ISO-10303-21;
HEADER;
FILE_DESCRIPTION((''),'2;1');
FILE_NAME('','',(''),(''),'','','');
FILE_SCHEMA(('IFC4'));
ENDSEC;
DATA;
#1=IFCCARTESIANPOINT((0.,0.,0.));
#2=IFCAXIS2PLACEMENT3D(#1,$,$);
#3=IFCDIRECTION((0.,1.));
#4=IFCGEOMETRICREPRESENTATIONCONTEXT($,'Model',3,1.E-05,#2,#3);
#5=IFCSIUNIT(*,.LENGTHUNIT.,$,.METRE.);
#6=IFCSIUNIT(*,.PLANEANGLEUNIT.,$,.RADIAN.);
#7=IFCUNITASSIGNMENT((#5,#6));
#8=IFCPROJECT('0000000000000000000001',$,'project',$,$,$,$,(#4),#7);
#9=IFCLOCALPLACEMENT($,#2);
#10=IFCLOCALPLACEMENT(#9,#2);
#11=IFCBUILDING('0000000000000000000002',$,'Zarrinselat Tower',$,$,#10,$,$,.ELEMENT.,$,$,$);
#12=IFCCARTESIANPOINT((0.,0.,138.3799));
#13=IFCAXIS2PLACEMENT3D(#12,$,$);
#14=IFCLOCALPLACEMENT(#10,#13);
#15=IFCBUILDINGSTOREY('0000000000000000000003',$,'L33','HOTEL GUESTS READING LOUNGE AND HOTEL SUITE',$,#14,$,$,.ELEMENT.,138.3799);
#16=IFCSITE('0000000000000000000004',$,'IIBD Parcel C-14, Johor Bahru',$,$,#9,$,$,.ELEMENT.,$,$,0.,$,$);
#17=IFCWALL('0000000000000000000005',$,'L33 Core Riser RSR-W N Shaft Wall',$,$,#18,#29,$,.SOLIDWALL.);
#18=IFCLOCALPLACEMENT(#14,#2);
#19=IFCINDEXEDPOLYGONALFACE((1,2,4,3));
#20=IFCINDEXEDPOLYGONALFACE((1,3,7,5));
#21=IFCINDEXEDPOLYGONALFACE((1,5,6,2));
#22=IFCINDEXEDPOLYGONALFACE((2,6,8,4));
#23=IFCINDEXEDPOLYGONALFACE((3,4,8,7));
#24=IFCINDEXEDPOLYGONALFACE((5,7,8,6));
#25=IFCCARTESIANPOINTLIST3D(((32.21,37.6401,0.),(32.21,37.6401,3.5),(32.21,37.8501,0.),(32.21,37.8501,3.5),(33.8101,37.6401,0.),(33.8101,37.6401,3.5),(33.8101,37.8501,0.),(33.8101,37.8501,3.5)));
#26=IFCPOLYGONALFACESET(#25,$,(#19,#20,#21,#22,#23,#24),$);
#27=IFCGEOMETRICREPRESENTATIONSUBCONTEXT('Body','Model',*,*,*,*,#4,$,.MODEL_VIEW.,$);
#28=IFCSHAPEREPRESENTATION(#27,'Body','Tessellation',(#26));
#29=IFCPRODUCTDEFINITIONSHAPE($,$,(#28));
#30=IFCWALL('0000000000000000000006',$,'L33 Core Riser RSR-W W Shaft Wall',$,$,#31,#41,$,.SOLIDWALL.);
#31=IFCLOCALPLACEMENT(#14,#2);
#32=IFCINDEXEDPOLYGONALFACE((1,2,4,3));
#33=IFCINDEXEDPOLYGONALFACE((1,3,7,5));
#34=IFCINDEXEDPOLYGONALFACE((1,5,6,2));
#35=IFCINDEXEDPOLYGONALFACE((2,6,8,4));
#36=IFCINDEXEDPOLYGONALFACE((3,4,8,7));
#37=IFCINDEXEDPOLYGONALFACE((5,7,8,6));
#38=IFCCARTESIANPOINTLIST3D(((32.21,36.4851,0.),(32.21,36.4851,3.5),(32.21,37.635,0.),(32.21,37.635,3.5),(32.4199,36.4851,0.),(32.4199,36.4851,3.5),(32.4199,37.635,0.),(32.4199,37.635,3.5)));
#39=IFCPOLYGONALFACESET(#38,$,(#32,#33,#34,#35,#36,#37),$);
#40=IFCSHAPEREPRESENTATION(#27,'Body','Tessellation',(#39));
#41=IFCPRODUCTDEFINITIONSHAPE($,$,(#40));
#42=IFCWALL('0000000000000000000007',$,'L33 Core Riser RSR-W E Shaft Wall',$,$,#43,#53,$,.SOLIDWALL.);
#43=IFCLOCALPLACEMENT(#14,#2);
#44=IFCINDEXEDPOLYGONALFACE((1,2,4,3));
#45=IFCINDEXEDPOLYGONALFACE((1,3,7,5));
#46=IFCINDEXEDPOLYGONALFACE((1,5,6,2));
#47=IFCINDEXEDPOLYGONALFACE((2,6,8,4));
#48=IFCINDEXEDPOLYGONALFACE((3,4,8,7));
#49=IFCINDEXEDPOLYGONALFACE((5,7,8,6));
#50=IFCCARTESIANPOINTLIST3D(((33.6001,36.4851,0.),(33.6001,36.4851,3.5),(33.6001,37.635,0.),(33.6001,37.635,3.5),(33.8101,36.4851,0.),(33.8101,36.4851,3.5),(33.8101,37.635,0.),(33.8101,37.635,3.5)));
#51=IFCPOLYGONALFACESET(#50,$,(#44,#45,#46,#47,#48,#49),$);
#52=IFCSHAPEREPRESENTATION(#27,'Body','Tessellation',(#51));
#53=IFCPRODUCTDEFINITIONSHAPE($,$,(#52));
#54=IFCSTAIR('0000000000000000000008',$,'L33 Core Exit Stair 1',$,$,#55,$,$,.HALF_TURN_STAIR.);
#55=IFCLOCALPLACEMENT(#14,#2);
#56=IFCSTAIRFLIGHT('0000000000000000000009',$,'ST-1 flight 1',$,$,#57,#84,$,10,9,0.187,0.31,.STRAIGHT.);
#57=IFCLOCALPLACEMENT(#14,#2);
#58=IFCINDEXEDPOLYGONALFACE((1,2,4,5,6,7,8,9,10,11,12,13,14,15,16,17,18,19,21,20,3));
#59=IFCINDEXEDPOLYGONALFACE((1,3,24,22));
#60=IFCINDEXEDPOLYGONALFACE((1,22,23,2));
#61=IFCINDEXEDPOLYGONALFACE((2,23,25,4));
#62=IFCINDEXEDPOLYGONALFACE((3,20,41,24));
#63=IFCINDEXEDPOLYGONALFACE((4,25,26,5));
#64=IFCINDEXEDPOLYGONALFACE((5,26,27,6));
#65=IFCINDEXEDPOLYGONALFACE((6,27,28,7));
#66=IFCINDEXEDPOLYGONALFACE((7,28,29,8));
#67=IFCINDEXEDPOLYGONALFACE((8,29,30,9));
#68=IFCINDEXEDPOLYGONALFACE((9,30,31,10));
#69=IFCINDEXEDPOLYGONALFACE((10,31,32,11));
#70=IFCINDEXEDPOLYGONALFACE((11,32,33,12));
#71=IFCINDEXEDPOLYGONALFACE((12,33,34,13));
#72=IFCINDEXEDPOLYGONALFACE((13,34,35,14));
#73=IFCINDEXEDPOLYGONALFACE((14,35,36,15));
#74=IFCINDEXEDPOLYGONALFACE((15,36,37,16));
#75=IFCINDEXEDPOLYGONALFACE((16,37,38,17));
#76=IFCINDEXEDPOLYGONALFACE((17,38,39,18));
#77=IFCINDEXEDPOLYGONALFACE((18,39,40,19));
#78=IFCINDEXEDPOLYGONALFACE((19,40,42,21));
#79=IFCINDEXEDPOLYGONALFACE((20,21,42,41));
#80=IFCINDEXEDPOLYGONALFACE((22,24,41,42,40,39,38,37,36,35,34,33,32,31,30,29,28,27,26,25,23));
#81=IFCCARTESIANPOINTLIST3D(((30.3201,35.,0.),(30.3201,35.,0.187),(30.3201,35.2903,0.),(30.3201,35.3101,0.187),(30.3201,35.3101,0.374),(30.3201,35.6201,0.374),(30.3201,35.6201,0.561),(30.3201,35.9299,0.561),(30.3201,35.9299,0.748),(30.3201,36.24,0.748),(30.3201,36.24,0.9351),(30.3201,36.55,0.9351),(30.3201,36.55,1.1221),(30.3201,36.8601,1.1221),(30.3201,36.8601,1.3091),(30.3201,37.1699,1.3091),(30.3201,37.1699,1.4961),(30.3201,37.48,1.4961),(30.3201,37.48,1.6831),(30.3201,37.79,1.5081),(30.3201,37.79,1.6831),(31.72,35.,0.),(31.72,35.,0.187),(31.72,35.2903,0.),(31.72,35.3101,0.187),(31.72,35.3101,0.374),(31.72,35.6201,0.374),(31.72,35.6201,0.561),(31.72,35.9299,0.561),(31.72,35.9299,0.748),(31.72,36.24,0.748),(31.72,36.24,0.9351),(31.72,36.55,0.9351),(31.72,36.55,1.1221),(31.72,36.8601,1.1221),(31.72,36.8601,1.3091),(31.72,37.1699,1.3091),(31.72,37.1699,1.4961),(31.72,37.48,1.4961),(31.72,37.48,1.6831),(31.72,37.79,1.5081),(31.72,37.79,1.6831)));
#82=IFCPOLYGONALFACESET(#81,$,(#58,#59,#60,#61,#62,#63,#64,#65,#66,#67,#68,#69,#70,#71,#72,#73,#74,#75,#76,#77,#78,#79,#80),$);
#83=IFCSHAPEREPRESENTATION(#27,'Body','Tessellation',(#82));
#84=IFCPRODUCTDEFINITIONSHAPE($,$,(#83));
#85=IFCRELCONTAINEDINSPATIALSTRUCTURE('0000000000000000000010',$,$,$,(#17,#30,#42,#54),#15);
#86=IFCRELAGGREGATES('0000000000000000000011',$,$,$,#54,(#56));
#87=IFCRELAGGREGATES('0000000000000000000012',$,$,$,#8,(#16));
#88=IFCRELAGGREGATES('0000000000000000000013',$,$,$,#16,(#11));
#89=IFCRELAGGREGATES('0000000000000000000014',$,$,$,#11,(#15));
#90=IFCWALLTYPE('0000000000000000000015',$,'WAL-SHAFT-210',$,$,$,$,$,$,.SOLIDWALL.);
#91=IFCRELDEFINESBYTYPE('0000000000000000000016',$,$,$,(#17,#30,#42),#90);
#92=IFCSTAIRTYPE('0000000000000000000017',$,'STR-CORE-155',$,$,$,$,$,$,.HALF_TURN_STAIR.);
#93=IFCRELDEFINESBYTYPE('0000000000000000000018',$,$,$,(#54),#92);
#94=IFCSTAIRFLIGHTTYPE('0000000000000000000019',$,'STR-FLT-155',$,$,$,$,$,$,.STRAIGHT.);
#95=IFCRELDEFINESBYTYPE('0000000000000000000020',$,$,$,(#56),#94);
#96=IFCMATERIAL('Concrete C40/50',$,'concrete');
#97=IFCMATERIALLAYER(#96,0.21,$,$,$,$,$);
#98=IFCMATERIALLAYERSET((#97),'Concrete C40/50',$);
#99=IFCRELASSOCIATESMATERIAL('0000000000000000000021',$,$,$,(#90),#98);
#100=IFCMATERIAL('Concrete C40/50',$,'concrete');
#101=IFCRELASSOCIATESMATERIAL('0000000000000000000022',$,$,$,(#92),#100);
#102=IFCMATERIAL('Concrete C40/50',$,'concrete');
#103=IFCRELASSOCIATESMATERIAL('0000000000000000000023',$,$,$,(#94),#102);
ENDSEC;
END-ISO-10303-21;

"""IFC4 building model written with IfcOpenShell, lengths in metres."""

from ifc_helpers import new_model, si_unit, direction, frame, frame_2d, origin, place, context, subcontext, project, spatial, polyline, rectangle, outline, extrude, material, layer, layer_set, type_object, element, aggregate, save


model = new_model("IFC4")

# Units and contexts
model_context = context("Model", 3, precision=1e-05, world=origin(), true_north=direction((0.0, 1.0)))
body_context = subcontext(model_context, "Body", "Model", "MODEL_VIEW")
ifc_project = project(units=[si_unit("LENGTHUNIT", "METRE"), si_unit("PLANEANGLEUNIT", "RADIAN")], contexts=[model_context])

# Site, building, storey
site_placement = place(None, origin())
site = spatial("IfcSite", under=ifc_project, at=site_placement, Name="IIBD Parcel C-14, Johor Bahru", CompositionType="ELEMENT", RefElevation=0.0)
building_placement = place(site_placement, origin())
building = spatial("IfcBuilding", under=site, at=building_placement, Name="Zarrinselat Tower", CompositionType="ELEMENT")
storey_placement = place(building_placement, frame((0.0, 0.0, 138.3799)))
storey = spatial("IfcBuildingStorey", under=building, at=storey_placement, Name="L33", Description="HOTEL GUESTS READING LOUNGE AND HOTEL SUITE", CompositionType="ELEMENT", Elevation=138.3799)

# Shared definitions
ifc_material_1 = material(Name="Concrete C40/50", Category="concrete")
ifc_layer_1 = layer(ifc_material_1, 0.21)
ifc_layer_set_1 = layer_set([ifc_layer_1], Name="Concrete C40/50")
wall_type_1 = type_object("IfcWallType", Name="WAL-SHAFT-210", PredefinedType="SOLIDWALL", material=ifc_layer_set_1)

# Walls
for number, where, z_axis, x_axis, name in (
    (1, (32.21, 37.7451, 0.0), (0.0, 0.0, 1.0), (1.0, 0.0, 0.0), "L33 Core Riser RSR-W N Shaft Wall"),
):
    element("IfcWall", number, at=place(storey_placement, frame(where, z_axis=z_axis, x_axis=x_axis)), inside=storey, type_object=wall_type_1, Name=name, PredefinedType="SOLIDWALL", context=body_context, shape_type="SweptSolid", body=[
        extrude(rectangle(XDim=1.6001, YDim=0.21, at=frame_2d((0.8, 0.0))), origin(), (0.0, 0.0, 1.0), 3.5),
    ])
for number, where, z_axis, x_axis, name in (
    (2, (32.3149, 36.4851, 0.0), (0.0, 0.0, 1.0), (0.0, 1.0, 0.0), "L33 Core Riser RSR-W W Shaft Wall"),
    (3, (33.7051, 36.4851, 0.0), (0.0, 0.0, 1.0), (0.0, 1.0, 0.0), "L33 Core Riser RSR-W E Shaft Wall"),
):
    element("IfcWall", number, at=place(storey_placement, frame(where, z_axis=z_axis, x_axis=x_axis)), inside=storey, type_object=wall_type_1, Name=name, PredefinedType="SOLIDWALL", context=body_context, shape_type="SweptSolid", body=[
        extrude(rectangle(XDim=1.1499, YDim=0.21, at=frame_2d((0.575, 0.0))), origin(), (0.0, 0.0, 1.0), 3.5),
    ])

# Stair, stair flight
ifc_material_2 = material(Name="Concrete C40/50", Category="concrete")
stair_type = type_object("IfcStairType", Name="STR-CORE-155", PredefinedType="HALF_TURN_STAIR", material=ifc_material_2)
stair_placement = place(storey_placement, origin())
stair = element("IfcStair", 4, at=stair_placement, inside=storey, type_object=stair_type, Name="L33 Core Exit Stair 1", PredefinedType="HALF_TURN_STAIR")
ifc_material_3 = material(Name="Concrete C40/50", Category="concrete")
stair_flight_type = type_object("IfcStairFlightType", Name="STR-FLT-155", PredefinedType="STRAIGHT", material=ifc_material_3)
stair_flight_placement = place(storey_placement, frame((31.02, 35.0, 0.0), z_axis=(0.0, 0.0, 1.0), x_axis=(0.0, 1.0, 0.0)))
stair_flight = element("IfcStairFlight", 5, at=stair_flight_placement, type_object=stair_flight_type, Name="ST-1 flight 1", NumberOfRisers=10, NumberOfTreads=9, PredefinedType="STRAIGHT", RiserHeight=0.187, TreadLength=0.31, context=body_context, shape_type="SweptSolid", body=[
    extrude(outline(polyline([(0.0, 0.0), (0.0, 0.187), (0.3101, 0.187), (0.3101, 0.374), (0.6201, 0.374), (0.6201, 0.561), (0.9299, 0.561), (0.9299, 0.748), (1.24, 0.748), (1.24, 0.9351), (1.55, 0.9351), (1.55, 1.1221), (1.8601, 1.1221), (1.8601, 1.3091), (2.1699, 1.3091), (2.1699, 1.4961), (2.48, 1.4961), (2.48, 1.6831), (2.79, 1.6831), (2.79, 1.8701), (2.79, 1.5081), (0.2903, 0.0), (0.0, 0.0)])), frame((0.0, 0.7, 0.0), z_axis=(0.0, -1.0, 0.0), x_axis=(1.0, 0.0, 0.0)), (0.0, 0.0, 1.0), 1.3999),
])
aggregate(stair, [stair_flight])

save(model, "model.ifc")
